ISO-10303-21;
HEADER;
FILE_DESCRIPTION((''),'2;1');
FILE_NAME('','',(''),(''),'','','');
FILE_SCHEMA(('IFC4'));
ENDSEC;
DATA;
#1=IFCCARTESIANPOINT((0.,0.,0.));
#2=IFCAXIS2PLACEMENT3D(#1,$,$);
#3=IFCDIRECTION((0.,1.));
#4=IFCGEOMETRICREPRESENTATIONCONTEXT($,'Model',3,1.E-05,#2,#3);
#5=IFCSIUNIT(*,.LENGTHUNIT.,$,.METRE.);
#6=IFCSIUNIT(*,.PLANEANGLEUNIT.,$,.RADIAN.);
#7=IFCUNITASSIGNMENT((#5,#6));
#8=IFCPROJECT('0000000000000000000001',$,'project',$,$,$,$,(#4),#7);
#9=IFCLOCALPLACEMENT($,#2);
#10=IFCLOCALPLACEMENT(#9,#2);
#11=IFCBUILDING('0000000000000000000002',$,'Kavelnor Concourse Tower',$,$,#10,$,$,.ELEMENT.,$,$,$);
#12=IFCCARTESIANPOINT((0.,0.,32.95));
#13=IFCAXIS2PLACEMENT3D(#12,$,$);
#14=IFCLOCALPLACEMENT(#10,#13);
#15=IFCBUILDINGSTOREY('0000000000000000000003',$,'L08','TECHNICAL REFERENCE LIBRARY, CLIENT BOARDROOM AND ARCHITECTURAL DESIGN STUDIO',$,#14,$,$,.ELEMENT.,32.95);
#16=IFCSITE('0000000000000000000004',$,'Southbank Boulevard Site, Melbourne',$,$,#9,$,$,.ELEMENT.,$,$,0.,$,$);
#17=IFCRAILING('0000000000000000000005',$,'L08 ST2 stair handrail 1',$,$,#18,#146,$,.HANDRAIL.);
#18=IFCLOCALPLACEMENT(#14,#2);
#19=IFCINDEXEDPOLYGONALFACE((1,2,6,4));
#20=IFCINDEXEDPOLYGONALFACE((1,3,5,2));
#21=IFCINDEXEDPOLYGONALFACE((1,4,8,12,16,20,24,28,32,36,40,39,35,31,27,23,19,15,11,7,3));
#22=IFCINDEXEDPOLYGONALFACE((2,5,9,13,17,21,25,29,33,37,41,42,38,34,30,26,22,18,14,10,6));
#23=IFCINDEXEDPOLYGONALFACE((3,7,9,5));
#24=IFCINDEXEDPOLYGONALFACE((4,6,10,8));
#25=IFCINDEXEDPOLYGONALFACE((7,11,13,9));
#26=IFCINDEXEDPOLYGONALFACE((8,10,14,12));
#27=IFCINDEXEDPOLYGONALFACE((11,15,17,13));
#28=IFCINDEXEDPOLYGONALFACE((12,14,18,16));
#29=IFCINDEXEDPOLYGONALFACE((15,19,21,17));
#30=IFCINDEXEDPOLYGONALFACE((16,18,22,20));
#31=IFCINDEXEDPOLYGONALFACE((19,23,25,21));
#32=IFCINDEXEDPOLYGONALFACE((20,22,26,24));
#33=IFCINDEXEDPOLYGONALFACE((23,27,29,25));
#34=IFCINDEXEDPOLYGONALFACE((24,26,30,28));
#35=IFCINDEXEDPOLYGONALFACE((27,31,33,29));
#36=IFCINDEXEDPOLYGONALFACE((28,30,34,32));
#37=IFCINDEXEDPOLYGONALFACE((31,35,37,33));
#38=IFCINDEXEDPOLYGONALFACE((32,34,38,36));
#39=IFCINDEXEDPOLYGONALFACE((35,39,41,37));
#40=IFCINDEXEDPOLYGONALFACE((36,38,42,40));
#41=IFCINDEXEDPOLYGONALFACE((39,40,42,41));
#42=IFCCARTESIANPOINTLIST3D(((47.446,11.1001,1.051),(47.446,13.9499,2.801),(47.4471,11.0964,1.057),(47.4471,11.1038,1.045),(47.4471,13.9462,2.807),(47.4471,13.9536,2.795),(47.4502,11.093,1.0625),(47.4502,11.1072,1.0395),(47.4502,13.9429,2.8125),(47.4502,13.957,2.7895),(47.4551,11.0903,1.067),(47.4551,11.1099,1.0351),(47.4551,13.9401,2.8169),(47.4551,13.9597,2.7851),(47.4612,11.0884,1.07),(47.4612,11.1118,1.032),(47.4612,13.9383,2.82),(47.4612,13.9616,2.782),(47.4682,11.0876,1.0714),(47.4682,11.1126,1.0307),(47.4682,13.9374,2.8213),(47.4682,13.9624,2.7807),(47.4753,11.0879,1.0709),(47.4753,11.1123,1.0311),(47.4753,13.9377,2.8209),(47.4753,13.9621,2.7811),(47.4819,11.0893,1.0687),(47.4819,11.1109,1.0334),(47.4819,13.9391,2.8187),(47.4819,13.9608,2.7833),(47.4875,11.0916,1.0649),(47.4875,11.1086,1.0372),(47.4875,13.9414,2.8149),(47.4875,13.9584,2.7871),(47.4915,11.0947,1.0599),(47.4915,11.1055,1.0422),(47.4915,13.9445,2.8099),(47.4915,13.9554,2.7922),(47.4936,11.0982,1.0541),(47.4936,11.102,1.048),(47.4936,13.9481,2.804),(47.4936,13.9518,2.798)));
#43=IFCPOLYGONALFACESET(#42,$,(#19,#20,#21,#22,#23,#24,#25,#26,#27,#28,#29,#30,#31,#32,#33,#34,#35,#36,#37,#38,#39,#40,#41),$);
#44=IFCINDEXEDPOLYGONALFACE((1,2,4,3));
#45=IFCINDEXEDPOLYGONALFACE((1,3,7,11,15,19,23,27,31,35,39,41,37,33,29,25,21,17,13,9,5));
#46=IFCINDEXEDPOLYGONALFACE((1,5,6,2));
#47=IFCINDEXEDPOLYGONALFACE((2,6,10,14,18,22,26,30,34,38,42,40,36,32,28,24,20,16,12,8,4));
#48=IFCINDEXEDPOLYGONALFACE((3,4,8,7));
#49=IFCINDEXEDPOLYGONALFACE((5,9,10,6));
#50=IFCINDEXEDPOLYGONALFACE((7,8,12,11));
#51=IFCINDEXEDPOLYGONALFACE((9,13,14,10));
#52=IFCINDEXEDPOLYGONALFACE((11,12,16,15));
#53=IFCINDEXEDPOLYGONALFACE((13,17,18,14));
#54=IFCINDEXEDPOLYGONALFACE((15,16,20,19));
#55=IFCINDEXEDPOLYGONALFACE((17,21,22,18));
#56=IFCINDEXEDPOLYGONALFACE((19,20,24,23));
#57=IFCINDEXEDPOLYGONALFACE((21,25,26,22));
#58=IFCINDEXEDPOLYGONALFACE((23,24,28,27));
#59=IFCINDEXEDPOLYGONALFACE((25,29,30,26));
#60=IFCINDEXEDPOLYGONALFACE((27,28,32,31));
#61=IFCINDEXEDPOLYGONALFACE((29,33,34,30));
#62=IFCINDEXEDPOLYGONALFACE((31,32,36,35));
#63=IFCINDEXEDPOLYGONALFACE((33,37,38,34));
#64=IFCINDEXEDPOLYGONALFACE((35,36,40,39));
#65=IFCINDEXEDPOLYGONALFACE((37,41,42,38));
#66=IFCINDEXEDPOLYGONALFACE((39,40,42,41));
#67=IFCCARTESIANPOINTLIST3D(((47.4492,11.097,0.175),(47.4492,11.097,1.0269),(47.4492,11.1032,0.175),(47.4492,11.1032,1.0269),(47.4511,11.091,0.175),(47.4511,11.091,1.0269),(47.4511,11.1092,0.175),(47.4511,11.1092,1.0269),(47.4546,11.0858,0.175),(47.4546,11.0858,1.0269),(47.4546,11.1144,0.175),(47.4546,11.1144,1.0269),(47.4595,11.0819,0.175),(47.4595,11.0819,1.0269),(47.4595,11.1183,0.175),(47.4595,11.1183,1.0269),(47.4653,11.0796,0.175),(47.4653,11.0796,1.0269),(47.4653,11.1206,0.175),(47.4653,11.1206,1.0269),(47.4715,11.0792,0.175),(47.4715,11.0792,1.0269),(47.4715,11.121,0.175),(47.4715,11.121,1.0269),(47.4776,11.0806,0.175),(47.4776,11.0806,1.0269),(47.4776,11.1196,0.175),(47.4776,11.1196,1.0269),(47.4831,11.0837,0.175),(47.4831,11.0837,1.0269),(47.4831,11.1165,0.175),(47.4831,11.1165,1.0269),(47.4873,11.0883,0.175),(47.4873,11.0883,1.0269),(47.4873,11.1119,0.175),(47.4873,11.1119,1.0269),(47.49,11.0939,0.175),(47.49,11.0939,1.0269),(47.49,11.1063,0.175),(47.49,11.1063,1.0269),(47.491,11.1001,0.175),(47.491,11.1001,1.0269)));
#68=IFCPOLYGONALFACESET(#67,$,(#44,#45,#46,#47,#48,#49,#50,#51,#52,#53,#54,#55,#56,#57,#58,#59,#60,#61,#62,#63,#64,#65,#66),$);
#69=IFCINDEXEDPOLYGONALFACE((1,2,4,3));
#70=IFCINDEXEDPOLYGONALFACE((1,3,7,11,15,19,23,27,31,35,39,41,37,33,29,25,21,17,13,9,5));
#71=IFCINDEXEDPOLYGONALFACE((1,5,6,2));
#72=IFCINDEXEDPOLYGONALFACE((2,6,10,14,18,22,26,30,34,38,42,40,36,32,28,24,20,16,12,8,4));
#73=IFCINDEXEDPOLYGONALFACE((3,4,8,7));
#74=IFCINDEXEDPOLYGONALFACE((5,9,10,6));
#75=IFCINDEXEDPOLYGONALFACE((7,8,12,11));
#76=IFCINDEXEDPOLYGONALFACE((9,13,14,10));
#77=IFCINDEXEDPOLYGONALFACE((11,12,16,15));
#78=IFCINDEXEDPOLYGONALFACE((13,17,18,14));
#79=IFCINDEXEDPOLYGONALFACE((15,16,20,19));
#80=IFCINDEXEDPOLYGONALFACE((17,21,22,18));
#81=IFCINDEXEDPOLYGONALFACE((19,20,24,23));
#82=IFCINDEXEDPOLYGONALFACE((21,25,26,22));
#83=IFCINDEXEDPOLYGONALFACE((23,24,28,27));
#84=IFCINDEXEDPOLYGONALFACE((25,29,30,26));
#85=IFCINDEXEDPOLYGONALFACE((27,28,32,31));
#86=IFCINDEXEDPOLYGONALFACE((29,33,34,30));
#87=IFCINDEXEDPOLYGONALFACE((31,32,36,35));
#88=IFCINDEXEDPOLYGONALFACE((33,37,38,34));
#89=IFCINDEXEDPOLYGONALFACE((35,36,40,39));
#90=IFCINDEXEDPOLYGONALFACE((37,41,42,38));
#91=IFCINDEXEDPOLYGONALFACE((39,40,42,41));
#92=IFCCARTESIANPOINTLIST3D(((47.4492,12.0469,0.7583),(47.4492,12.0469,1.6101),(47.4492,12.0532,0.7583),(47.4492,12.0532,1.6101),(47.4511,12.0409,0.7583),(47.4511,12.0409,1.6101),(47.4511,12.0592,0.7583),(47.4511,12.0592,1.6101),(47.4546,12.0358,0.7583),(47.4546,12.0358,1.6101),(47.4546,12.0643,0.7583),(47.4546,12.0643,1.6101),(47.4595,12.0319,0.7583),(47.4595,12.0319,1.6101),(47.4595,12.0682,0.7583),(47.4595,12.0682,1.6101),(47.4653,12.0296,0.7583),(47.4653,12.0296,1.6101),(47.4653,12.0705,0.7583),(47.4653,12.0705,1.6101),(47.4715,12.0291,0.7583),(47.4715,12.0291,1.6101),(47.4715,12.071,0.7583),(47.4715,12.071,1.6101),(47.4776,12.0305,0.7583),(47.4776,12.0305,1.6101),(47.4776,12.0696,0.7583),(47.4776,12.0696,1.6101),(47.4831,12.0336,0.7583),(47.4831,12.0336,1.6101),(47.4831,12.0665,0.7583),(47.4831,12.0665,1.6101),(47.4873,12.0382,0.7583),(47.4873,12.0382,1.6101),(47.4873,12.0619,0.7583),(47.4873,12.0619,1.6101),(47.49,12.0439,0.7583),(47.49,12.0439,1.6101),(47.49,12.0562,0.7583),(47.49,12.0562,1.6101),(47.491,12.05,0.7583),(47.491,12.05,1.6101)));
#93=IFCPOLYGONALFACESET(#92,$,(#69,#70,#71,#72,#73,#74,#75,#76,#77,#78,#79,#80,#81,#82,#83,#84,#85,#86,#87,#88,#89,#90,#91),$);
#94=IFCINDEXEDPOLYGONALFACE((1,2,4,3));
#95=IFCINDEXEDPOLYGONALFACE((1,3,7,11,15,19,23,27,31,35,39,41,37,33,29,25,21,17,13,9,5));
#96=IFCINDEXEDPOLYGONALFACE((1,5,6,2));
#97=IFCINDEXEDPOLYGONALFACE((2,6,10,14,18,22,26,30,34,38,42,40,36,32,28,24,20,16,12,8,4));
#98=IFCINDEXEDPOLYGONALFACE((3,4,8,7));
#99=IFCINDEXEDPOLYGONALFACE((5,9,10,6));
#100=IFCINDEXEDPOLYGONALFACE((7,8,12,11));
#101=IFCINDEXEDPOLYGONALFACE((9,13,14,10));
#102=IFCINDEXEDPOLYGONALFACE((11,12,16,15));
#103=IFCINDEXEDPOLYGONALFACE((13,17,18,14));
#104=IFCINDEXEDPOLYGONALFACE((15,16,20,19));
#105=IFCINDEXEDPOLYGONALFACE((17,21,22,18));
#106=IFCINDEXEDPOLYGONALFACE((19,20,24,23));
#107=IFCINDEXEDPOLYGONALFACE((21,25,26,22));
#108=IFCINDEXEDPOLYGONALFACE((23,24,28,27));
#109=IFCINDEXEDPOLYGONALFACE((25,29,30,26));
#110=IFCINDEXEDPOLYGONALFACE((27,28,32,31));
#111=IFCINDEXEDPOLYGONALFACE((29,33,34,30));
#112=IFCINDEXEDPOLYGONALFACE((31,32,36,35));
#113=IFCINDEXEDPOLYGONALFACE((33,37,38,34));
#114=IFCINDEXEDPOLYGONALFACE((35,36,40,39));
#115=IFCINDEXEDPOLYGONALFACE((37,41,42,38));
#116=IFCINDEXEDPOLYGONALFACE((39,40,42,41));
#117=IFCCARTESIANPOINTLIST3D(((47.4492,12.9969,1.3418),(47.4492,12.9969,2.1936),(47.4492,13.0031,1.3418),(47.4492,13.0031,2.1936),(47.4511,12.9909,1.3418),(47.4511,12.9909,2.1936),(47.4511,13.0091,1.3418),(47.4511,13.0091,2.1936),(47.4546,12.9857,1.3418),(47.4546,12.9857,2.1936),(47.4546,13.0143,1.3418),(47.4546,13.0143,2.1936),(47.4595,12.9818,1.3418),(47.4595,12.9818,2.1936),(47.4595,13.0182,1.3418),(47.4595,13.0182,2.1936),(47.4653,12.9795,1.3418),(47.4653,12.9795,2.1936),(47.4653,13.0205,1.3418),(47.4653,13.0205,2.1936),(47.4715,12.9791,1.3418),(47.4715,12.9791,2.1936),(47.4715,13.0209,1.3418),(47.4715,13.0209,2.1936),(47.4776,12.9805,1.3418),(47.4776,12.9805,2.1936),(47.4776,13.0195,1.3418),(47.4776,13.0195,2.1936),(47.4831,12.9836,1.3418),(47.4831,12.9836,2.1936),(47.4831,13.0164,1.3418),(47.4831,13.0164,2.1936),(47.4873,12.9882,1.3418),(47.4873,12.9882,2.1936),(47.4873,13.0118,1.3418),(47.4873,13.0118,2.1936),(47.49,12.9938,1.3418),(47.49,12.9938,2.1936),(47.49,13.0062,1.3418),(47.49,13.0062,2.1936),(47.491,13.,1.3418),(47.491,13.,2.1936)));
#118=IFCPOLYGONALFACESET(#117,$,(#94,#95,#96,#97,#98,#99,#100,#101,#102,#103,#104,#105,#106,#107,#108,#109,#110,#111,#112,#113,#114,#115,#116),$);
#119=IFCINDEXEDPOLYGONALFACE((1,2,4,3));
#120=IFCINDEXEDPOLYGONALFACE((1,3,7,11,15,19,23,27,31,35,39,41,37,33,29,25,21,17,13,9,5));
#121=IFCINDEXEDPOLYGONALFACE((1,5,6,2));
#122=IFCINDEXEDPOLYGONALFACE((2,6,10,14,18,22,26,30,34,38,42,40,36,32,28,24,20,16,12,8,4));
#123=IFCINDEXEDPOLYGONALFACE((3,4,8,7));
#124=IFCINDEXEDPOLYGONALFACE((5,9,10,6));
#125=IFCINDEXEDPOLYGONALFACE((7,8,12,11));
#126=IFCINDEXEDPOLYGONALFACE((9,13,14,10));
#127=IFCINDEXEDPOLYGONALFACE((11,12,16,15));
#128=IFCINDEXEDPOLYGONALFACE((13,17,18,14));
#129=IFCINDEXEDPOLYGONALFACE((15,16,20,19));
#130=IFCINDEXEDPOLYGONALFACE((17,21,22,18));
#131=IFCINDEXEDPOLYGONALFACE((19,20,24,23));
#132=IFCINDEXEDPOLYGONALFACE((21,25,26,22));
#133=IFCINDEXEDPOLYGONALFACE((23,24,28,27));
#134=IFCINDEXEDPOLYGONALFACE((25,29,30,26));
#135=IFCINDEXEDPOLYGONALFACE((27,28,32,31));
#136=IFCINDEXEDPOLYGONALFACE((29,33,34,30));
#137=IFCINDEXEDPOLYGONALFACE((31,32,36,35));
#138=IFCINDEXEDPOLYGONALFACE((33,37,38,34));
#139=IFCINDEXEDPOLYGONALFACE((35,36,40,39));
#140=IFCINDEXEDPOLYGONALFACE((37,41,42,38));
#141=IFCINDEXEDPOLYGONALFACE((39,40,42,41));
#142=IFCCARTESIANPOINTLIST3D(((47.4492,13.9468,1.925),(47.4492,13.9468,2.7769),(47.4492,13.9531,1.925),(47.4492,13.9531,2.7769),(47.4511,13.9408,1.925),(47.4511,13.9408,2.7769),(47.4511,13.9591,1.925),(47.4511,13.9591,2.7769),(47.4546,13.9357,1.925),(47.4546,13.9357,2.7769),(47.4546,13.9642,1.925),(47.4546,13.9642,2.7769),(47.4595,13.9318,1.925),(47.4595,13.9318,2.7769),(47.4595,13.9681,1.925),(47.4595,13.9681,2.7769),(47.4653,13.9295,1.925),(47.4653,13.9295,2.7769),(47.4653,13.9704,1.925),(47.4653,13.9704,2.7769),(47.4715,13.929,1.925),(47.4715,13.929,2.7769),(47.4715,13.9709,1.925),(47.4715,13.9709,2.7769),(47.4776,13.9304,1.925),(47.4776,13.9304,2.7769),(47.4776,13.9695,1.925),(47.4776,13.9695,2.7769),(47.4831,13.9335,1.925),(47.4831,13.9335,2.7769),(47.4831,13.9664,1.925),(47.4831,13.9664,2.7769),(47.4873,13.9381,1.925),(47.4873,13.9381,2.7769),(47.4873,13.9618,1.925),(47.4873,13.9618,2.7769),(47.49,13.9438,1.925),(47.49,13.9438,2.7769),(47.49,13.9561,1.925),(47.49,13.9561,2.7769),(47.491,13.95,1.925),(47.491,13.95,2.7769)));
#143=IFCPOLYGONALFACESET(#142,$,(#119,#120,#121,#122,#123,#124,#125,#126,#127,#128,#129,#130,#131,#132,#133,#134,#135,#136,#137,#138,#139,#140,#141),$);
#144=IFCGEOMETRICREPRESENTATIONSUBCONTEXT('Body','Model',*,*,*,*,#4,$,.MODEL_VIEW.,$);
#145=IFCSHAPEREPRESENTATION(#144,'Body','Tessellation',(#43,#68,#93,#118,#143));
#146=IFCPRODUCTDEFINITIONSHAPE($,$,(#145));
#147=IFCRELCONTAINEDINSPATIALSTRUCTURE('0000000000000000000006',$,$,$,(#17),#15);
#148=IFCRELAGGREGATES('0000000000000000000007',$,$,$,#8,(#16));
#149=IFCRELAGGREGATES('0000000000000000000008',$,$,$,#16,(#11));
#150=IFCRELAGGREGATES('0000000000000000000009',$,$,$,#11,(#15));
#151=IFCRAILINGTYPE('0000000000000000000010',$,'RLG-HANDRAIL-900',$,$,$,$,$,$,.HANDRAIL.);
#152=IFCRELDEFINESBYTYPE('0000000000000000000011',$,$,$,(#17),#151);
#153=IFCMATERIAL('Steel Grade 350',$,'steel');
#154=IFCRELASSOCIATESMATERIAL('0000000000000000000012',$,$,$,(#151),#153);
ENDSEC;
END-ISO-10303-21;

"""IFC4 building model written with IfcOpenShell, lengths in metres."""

from ifc_helpers import new_model, si_unit, direction, frame, origin, origin_2d, place, context, subcontext, project, spatial, circle, extrude, material, type_object, element, save


model = new_model("IFC4")

# Units and contexts
model_context = context("Model", 3, precision=1e-05, world=origin(), true_north=direction((0.0, 1.0)))
body_context = subcontext(model_context, "Body", "Model", "MODEL_VIEW")
ifc_project = project(units=[si_unit("LENGTHUNIT", "METRE"), si_unit("PLANEANGLEUNIT", "RADIAN")], contexts=[model_context])

# Site, building, storey
site_placement = place(None, origin())
site = spatial("IfcSite", under=ifc_project, at=site_placement, Name="Southbank Boulevard Site, Melbourne", CompositionType="ELEMENT", RefElevation=0.0)
building_placement = place(site_placement, origin())
building = spatial("IfcBuilding", under=site, at=building_placement, Name="Kavelnor Concourse Tower", CompositionType="ELEMENT")
storey_placement = place(building_placement, frame((0.0, 0.0, 32.95)))
storey = spatial("IfcBuildingStorey", under=building, at=storey_placement, Name="L08", Description="TECHNICAL REFERENCE LIBRARY, CLIENT BOARDROOM AND ARCHITECTURAL DESIGN STUDIO", CompositionType="ELEMENT", Elevation=32.95)

# Shared definitions
ifc_material_1 = material(Name="Steel Grade 350", Category="steel")

# Railing
railing_type_1 = type_object("IfcRailingType", Name="RLG-HANDRAIL-900", PredefinedType="HANDRAIL", material=ifc_material_1)
railing_1_placement = place(storey_placement, frame((47.47, 11.1001, 0.175)))
element("IfcRailing", 1, at=railing_1_placement, inside=storey, type_object=railing_type_1, Name="L08 ST2 stair handrail 1", PredefinedType="HANDRAIL", context=body_context, shape_type="SweptSolid", body=[
    extrude(circle(Radius=0.0239, at=origin_2d()), frame((0.0, 0.0, 0.876), z_axis=(0.0, 0.852159, 0.523283), x_axis=(-1.0, 0.0, 0.0)), (0.0, 0.0, 1.0), 3.3442),
    extrude(circle(Radius=0.021, at=origin_2d()), origin(), (0.0, 0.0, 1.0), 0.8518),
    extrude(circle(Radius=0.021, at=origin_2d()), frame((0.0, 0.95, 0.5833)), (0.0, 0.0, 1.0), 0.8518),
    extrude(circle(Radius=0.021, at=origin_2d()), frame((0.0, 1.8999, 1.1667)), (0.0, 0.0, 1.0), 0.8518),
    extrude(circle(Radius=0.021, at=origin_2d()), frame((0.0, 2.8499, 1.75)), (0.0, 0.0, 1.0), 0.8518),
])

save(model, "model.ifc")
